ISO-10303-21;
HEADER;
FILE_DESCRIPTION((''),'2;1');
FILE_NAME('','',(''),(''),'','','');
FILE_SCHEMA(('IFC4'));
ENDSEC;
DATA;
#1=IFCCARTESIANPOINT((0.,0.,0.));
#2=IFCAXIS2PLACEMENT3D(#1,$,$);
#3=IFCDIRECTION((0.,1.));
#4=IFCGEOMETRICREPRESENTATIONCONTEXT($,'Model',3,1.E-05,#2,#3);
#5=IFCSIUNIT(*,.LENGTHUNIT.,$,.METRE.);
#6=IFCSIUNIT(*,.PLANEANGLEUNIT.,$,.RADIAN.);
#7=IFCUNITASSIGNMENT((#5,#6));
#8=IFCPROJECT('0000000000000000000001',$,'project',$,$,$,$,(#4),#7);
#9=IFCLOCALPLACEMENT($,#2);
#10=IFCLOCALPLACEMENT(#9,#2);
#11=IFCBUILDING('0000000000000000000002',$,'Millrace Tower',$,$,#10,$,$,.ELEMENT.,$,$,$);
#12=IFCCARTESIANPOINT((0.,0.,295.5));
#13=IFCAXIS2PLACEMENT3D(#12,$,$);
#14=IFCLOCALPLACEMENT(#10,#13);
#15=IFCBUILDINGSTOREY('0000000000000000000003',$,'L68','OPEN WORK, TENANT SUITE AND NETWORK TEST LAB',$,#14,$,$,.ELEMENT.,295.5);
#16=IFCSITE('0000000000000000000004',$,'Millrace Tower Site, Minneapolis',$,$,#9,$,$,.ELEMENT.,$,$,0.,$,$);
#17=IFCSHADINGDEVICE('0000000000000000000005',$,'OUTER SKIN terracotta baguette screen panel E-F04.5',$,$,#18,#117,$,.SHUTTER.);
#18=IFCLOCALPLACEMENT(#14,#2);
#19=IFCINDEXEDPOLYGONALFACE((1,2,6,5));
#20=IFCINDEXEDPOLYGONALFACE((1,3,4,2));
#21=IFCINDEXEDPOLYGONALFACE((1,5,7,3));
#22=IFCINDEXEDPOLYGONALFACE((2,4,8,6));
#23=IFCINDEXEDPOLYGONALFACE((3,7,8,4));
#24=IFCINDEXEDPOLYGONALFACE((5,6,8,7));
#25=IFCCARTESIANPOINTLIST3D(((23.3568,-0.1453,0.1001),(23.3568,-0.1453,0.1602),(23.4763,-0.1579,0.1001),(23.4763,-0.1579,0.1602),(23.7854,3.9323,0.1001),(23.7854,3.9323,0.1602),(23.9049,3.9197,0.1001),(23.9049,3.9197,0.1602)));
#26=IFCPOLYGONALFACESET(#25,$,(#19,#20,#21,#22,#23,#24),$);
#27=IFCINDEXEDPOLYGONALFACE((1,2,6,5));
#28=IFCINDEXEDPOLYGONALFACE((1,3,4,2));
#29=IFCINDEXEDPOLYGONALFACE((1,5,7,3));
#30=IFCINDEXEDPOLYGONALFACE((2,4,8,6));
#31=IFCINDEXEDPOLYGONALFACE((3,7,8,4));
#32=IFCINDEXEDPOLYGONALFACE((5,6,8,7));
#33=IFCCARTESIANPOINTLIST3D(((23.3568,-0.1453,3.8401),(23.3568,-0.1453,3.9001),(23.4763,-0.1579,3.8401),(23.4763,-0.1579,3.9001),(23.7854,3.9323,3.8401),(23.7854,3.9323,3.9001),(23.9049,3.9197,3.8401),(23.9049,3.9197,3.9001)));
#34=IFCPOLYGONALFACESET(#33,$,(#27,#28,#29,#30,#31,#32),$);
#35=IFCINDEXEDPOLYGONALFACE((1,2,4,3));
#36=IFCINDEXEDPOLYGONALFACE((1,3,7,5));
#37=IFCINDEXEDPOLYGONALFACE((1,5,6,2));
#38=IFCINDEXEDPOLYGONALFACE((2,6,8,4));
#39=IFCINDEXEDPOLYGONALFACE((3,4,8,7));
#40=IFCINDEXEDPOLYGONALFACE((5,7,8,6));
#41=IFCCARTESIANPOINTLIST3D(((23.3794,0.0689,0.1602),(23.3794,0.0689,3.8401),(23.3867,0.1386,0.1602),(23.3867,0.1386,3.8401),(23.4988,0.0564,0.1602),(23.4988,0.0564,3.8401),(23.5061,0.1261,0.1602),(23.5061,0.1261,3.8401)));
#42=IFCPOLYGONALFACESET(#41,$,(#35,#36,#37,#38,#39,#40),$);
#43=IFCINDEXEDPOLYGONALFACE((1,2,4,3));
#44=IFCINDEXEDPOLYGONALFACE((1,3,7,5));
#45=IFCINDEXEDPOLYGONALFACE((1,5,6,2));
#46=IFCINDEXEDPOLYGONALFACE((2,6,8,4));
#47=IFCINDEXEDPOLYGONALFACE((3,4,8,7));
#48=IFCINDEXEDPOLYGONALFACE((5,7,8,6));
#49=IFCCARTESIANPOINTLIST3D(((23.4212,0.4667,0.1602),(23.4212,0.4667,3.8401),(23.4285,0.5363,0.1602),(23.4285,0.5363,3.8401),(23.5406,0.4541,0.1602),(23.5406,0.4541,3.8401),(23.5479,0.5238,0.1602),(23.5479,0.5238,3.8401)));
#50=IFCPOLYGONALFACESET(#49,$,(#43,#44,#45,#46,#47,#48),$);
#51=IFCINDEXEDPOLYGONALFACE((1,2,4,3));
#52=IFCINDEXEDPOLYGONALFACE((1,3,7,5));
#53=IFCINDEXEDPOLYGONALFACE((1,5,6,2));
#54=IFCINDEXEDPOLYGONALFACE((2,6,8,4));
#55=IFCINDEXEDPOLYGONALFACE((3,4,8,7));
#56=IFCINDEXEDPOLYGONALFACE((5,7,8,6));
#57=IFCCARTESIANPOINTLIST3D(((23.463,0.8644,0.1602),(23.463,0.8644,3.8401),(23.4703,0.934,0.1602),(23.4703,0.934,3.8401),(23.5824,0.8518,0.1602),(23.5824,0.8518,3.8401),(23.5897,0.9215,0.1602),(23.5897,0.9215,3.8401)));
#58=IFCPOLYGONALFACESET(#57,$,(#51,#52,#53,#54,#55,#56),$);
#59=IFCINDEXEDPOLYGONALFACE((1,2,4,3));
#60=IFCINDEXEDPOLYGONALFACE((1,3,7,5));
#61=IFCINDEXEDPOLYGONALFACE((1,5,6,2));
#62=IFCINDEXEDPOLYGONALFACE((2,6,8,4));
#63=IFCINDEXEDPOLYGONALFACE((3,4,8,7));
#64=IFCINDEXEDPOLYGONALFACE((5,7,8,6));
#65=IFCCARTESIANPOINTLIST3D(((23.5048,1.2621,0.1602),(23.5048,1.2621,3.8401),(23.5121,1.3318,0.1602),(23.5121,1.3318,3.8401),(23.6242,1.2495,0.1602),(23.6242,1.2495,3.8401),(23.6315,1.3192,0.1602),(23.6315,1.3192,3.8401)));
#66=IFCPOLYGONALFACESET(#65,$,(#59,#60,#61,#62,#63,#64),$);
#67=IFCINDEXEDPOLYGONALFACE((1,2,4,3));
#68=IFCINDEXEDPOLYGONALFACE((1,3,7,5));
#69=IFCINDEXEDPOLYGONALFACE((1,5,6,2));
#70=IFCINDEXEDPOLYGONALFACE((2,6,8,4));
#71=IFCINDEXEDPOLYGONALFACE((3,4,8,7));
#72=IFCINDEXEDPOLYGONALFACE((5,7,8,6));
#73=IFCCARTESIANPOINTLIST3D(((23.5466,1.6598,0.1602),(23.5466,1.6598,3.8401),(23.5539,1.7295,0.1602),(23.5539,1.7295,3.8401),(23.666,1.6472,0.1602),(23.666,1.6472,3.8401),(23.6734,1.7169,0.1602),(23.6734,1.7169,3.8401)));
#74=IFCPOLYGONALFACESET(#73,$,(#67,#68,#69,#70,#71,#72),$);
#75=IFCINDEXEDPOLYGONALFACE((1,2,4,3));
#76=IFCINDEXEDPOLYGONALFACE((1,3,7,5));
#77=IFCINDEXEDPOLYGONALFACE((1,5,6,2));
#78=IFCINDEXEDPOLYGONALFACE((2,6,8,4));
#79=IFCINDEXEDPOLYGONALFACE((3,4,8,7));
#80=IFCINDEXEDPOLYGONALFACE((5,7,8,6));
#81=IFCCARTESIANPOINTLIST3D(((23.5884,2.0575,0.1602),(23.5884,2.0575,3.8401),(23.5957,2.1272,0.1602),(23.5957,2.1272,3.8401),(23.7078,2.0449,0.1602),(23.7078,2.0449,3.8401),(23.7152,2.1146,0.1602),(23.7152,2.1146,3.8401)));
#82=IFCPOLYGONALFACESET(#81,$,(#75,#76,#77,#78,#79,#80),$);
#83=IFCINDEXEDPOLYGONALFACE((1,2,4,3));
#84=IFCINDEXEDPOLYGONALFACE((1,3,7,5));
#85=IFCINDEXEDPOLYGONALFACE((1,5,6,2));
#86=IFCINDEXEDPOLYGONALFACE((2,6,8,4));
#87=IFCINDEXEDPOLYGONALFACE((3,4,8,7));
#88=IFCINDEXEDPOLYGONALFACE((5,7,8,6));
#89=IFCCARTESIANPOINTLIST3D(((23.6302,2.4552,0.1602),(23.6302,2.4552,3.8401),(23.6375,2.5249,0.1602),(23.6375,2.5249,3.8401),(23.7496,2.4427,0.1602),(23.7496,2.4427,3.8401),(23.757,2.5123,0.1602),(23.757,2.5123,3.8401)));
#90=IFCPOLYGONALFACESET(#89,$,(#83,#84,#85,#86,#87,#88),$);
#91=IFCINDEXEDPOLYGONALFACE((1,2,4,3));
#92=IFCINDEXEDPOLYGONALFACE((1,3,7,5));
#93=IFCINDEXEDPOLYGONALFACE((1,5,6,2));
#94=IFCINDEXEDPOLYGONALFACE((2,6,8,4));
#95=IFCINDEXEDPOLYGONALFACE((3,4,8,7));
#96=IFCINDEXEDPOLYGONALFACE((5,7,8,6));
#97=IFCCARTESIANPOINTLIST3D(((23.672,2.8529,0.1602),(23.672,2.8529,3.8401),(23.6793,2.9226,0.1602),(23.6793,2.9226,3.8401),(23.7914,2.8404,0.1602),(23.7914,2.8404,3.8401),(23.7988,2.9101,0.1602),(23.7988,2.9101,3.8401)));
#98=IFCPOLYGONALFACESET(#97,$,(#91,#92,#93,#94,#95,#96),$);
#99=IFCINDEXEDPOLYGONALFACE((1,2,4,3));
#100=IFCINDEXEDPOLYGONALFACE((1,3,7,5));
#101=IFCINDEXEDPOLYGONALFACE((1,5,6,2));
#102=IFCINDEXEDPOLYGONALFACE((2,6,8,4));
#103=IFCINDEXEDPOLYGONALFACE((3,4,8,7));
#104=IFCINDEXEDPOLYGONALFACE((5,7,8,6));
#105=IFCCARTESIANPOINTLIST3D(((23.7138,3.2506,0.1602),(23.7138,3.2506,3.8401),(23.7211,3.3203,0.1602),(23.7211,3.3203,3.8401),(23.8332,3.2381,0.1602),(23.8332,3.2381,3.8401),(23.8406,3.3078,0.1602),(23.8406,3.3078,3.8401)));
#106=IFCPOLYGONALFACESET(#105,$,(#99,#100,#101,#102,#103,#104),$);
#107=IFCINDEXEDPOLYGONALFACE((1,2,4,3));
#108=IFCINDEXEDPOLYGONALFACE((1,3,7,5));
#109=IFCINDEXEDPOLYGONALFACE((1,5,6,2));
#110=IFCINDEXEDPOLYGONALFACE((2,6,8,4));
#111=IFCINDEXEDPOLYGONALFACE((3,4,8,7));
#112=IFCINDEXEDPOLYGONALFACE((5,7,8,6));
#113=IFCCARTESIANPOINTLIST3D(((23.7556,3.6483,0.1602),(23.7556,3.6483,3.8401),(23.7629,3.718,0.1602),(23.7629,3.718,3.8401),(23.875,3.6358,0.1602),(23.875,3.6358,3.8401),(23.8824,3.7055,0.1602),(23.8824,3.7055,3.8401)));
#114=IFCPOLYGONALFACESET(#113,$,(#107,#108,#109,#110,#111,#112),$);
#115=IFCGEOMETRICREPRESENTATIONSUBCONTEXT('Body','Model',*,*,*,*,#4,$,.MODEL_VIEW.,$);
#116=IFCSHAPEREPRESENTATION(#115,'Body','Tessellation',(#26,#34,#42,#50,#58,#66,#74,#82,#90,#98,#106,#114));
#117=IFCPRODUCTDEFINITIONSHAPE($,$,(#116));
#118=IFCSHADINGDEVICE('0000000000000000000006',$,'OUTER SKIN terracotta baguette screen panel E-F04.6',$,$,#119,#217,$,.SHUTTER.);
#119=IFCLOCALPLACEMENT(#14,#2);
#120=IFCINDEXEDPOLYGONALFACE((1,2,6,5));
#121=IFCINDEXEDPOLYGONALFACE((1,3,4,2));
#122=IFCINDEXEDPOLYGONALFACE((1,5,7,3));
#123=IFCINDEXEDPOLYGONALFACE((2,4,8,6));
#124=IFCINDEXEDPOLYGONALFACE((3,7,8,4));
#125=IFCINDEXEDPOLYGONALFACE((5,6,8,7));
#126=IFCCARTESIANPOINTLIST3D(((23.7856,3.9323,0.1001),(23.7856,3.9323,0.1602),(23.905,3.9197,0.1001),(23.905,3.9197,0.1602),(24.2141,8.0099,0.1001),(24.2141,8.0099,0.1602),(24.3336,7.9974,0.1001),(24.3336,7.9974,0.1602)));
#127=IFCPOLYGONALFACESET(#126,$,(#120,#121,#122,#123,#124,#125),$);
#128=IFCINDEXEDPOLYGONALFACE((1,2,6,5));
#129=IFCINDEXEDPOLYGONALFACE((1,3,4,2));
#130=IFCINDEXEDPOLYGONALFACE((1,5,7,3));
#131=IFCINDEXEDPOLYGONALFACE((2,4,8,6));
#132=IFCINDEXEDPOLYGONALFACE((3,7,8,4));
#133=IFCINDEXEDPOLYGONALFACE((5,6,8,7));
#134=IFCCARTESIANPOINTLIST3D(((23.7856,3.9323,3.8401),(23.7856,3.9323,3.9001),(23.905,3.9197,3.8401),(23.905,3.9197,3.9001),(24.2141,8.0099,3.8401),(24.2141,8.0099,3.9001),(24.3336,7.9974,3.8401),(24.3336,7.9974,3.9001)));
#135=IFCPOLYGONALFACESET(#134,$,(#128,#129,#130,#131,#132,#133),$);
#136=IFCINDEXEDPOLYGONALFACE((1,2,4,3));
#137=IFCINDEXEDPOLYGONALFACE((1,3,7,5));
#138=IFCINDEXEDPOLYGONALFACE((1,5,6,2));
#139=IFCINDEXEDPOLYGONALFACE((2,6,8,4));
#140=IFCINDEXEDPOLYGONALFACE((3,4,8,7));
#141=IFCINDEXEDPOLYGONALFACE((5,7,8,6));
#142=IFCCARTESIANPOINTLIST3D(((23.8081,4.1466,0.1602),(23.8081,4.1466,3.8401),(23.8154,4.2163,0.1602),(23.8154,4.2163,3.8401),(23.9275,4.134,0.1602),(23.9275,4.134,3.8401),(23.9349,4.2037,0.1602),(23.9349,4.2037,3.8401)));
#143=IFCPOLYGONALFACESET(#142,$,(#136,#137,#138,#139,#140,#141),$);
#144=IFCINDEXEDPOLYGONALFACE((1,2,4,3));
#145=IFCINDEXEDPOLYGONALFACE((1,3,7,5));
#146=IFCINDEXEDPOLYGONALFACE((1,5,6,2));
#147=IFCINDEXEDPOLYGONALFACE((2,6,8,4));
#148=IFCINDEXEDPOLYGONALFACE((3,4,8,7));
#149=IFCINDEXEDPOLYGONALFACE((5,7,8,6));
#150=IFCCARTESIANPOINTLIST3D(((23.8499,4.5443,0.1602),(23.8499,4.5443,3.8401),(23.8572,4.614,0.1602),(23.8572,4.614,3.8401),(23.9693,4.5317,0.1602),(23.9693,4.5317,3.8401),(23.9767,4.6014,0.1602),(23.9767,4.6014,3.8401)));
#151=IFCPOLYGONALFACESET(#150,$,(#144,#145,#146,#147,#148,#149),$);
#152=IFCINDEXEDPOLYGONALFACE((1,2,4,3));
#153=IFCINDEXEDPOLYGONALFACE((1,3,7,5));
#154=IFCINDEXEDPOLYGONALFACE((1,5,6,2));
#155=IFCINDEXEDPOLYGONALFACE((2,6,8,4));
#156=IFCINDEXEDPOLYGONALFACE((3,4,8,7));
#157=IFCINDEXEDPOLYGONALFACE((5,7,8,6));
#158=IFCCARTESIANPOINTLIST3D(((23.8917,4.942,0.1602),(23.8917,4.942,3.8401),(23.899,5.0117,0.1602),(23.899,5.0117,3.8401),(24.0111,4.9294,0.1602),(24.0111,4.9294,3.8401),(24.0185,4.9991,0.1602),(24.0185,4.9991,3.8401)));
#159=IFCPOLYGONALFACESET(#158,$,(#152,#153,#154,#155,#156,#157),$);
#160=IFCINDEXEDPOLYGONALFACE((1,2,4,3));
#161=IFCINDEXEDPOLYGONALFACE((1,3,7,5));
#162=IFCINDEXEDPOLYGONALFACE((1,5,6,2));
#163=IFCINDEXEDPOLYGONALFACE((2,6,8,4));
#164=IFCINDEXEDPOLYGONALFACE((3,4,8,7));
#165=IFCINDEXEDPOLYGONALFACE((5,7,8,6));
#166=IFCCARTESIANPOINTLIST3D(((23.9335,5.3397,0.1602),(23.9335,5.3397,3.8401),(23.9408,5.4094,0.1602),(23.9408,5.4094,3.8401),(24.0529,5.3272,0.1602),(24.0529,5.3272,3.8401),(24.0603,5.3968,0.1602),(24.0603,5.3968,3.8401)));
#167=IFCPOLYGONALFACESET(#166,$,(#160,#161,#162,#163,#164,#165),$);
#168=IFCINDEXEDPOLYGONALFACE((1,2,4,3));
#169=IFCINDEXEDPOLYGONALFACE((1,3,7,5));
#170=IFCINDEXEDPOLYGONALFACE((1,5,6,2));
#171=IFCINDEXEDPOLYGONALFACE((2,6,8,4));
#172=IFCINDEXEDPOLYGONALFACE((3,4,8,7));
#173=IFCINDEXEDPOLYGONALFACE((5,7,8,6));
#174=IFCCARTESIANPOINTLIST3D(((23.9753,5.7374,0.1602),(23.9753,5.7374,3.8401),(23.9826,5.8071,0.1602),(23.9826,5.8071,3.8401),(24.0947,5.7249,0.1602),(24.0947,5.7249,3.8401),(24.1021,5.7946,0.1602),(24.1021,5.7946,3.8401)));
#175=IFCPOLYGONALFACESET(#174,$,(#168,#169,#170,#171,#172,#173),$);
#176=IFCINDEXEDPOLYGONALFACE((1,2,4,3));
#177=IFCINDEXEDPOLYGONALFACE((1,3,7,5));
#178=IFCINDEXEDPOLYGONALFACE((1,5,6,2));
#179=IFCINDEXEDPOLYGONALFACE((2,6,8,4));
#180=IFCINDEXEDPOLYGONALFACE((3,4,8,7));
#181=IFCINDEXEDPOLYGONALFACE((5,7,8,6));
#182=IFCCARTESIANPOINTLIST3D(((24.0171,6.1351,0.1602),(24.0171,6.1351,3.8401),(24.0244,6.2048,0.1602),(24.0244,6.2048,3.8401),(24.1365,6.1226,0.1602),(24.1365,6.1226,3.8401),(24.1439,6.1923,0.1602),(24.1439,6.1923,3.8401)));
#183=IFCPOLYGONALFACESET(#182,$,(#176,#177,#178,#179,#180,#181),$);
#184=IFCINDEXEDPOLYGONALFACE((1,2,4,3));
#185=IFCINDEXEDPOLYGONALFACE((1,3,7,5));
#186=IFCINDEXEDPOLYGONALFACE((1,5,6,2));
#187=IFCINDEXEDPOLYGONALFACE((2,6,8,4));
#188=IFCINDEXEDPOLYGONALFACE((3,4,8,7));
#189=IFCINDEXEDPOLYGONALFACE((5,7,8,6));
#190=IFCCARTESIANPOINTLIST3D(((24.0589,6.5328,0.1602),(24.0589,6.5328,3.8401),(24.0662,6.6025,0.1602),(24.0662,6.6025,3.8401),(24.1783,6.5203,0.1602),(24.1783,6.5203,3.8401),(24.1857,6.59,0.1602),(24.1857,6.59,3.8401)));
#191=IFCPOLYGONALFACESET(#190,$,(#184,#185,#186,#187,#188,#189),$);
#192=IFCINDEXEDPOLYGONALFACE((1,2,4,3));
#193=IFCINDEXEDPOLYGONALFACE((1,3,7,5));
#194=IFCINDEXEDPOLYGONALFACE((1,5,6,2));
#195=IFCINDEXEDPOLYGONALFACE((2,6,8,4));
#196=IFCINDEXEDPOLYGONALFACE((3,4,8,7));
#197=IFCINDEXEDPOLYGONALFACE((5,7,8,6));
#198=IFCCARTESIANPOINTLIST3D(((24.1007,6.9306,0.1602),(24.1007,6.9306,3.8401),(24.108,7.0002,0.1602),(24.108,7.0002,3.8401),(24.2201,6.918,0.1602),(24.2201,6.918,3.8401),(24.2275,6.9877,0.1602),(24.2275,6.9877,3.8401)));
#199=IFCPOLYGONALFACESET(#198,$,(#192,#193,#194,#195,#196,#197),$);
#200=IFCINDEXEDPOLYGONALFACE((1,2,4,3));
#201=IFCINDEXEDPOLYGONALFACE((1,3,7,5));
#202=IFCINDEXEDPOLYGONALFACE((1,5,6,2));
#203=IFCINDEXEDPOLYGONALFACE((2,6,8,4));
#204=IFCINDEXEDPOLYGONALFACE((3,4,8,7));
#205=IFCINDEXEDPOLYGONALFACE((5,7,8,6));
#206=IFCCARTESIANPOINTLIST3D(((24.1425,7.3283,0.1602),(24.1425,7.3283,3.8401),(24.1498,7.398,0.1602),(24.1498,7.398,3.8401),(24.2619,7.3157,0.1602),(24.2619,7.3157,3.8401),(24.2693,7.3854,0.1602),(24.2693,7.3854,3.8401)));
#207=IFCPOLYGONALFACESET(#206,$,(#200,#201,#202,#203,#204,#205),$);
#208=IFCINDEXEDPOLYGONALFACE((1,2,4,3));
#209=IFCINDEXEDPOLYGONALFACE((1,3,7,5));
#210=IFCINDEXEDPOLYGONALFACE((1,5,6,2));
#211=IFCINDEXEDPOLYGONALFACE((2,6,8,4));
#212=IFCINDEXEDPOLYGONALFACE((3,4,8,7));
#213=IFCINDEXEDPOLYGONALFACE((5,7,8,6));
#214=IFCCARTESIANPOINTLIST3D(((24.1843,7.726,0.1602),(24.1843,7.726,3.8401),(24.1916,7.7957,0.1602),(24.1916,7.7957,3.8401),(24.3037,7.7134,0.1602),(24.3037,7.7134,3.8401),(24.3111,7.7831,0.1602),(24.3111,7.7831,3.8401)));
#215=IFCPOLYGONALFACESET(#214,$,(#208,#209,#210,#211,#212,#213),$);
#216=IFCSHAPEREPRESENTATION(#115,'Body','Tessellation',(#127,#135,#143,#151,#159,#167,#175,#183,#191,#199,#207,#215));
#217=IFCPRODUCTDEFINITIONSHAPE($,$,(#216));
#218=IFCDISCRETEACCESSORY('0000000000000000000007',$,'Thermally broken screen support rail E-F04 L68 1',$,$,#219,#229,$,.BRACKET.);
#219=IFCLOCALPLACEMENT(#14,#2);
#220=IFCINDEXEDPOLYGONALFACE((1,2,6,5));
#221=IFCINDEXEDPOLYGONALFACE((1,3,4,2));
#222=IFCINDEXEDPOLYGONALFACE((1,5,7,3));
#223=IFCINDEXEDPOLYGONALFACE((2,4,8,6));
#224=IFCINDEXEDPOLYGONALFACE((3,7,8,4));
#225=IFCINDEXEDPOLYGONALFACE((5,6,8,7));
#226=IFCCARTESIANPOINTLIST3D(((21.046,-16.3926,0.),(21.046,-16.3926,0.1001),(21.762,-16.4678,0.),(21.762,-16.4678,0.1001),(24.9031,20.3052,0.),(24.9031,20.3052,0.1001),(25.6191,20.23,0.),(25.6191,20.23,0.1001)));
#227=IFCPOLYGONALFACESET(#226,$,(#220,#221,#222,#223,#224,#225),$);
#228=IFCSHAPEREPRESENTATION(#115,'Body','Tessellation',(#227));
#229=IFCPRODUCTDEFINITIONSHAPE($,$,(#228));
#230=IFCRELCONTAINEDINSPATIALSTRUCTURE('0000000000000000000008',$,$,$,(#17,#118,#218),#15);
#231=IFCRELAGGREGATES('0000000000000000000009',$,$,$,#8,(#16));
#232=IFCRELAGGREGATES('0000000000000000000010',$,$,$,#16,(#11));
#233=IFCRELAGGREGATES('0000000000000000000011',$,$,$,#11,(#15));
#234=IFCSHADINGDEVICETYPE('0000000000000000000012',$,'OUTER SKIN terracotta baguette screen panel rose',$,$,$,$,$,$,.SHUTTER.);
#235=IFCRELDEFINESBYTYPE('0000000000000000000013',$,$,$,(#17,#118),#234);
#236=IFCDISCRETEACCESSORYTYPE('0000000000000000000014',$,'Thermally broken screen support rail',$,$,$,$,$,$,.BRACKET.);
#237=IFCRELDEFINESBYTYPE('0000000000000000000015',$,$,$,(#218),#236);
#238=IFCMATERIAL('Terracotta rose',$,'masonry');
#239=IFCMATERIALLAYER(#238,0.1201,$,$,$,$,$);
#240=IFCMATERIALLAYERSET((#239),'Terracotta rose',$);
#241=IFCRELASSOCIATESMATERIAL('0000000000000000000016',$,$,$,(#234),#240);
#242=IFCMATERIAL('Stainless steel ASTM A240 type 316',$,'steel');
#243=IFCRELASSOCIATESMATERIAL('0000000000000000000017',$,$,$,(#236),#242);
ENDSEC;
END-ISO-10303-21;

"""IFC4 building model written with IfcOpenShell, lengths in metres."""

from ifc_helpers import new_model, entity, si_unit, direction, frame, frame_2d, origin, origin_2d, place, context, subcontext, project, spatial, rectangle, extrude, source, transform, mapped, material, layer, layer_set, type_object, element, save


model = new_model("IFC4")

# Units and contexts
model_context = context("Model", 3, precision=1e-05, world=origin(), true_north=direction((0.0, 1.0)))
body_context = subcontext(model_context, "Body", "Model", "MODEL_VIEW")
ifc_project = project(units=[si_unit("LENGTHUNIT", "METRE"), si_unit("PLANEANGLEUNIT", "RADIAN")], contexts=[model_context])

# Site, building, storey
site_placement = place(None, origin())
site = spatial("IfcSite", under=ifc_project, at=site_placement, Name="Millrace Tower Site, Minneapolis", CompositionType="ELEMENT", RefElevation=0.0)
building_placement = place(site_placement, origin())
building = spatial("IfcBuilding", under=site, at=building_placement, Name="Millrace Tower", CompositionType="ELEMENT")
storey_placement = place(building_placement, frame((0.0, 0.0, 295.5)))
storey = spatial("IfcBuildingStorey", under=building, at=storey_placement, Name="L68", Description="OPEN WORK, TENANT SUITE AND NETWORK TEST LAB", CompositionType="ELEMENT", Elevation=295.5)

# Shading devices
ifc_material_1 = material(Name="Terracotta rose", Category="masonry")
ifc_layer_1 = layer(ifc_material_1, 0.1201)
ifc_layer_set_1 = layer_set([ifc_layer_1], Name="Terracotta rose")
shading_device_type = type_object("IfcShadingDeviceType", Name="OUTER SKIN terracotta baguette screen panel rose", PredefinedType="SHUTTER", material=ifc_layer_set_1)
cartesian_point = entity("IfcCartesianPoint", [-2.05, 0.0601])
shared_polyline = entity("IfcPolyline", [cartesian_point, entity("IfcCartesianPoint", [2.05, 0.0601]), entity("IfcCartesianPoint", [2.05, -0.0601]), entity("IfcCartesianPoint", [-2.05, -0.0601]), cartesian_point])
shared_shape = source(origin(), body_context, "Body", "SweptSolid", [
    entity("IfcExtrudedAreaSolid", entity("IfcArbitraryClosedProfileDef", "AREA", None, shared_polyline), entity("IfcAxis2Placement3D", entity("IfcCartesianPoint", [0.0, 0.0, 0.0])), entity("IfcDirection", [0.0, 0.0, 1.0]), 0.0601),
    entity("IfcExtrudedAreaSolid", entity("IfcArbitraryClosedProfileDef", "AREA", None, shared_polyline), entity("IfcAxis2Placement3D", entity("IfcCartesianPoint", [0.0, 0.0, 3.74])), entity("IfcDirection", [0.0, 0.0, 1.0]), 0.0601),
    extrude(rectangle(XDim=0.0701, YDim=0.1201, at=frame_2d((-1.7996, 0.0))), frame((0.0, 0.0, 0.0601)), (0.0, 0.0, 1.0), 3.6799),
    extrude(rectangle(XDim=0.0701, YDim=0.1201, at=frame_2d((-1.3997, 0.0))), frame((0.0, 0.0, 0.0601)), (0.0, 0.0, 1.0), 3.6799),
    extrude(rectangle(XDim=0.0701, YDim=0.1201, at=frame_2d((-0.9998, 0.0))), frame((0.0, 0.0, 0.0601)), (0.0, 0.0, 1.0), 3.6799),
    extrude(rectangle(XDim=0.0701, YDim=0.1201, at=frame_2d((-0.5999, 0.0))), frame((0.0, 0.0, 0.0601)), (0.0, 0.0, 1.0), 3.6799),
    extrude(rectangle(XDim=0.0701, YDim=0.1201, at=frame_2d((-0.2, 0.0))), frame((0.0, 0.0, 0.0601)), (0.0, 0.0, 1.0), 3.6799),
    extrude(rectangle(XDim=0.0701, YDim=0.1201, at=frame_2d((0.2, 0.0))), frame((0.0, 0.0, 0.0601)), (0.0, 0.0, 1.0), 3.6799),
    extrude(rectangle(XDim=0.0701, YDim=0.1201, at=frame_2d((0.5999, 0.0))), frame((0.0, 0.0, 0.0601)), (0.0, 0.0, 1.0), 3.6799),
    extrude(rectangle(XDim=0.0701, YDim=0.1201, at=frame_2d((0.9998, 0.0))), frame((0.0, 0.0, 0.0601)), (0.0, 0.0, 1.0), 3.6799),
    extrude(rectangle(XDim=0.0701, YDim=0.1201, at=frame_2d((1.3997, 0.0))), frame((0.0, 0.0, 0.0601)), (0.0, 0.0, 1.0), 3.6799),
    extrude(rectangle(XDim=0.0701, YDim=0.1201, at=frame_2d((1.7996, 0.0))), frame((0.0, 0.0, 0.0601)), (0.0, 0.0, 1.0), 3.6799),
])
for number, where, z_axis, x_axis, name in (
    (1, (23.6309, 1.8872, 0.1001), (0.0, 0.0, 1.0), (0.104528, 0.994522, 0.0), "OUTER SKIN terracotta baguette screen panel E-F04.5"),
    (2, (24.0596, 5.9648, 0.1001), (0.0, 0.0, 1.0), (0.104528, 0.994522, 0.0), "OUTER SKIN terracotta baguette screen panel E-F04.6"),
):
    element("IfcShadingDevice", number, at=place(storey_placement, frame(where, z_axis=z_axis, x_axis=x_axis)), inside=storey, type_object=shading_device_type, Name=name, PredefinedType="SHUTTER", context=body_context, shape_type="MappedRepresentation", body=[
        mapped(shared_shape, transform((0.0, 0.0, 0.0), scale=1.0)),
    ])

# Discrete accessory
ifc_material_2 = material(Name="Stainless steel ASTM A240 type 316", Category="steel")
discrete_accessory_type = type_object("IfcDiscreteAccessoryType", Name="Thermally broken screen support rail", PredefinedType="BRACKET", material=ifc_material_2)
discrete_accessory_placement = place(storey_placement, frame((23.3325, 1.9187, 0.0), z_axis=(0.0, 0.0, 1.0), x_axis=(0.104528, 0.994522, 0.0)))
element("IfcDiscreteAccessory", 3, at=discrete_accessory_placement, inside=storey, type_object=discrete_accessory_type, Name="Thermally broken screen support rail E-F04 L68 1", PredefinedType="BRACKET", context=body_context, shape_type="SweptSolid", body=[
    extrude(rectangle(XDim=36.8999, YDim=0.72, at=origin_2d()), origin(), (0.0, 0.0, 1.0), 0.1001),
])

save(model, "model.ifc")
